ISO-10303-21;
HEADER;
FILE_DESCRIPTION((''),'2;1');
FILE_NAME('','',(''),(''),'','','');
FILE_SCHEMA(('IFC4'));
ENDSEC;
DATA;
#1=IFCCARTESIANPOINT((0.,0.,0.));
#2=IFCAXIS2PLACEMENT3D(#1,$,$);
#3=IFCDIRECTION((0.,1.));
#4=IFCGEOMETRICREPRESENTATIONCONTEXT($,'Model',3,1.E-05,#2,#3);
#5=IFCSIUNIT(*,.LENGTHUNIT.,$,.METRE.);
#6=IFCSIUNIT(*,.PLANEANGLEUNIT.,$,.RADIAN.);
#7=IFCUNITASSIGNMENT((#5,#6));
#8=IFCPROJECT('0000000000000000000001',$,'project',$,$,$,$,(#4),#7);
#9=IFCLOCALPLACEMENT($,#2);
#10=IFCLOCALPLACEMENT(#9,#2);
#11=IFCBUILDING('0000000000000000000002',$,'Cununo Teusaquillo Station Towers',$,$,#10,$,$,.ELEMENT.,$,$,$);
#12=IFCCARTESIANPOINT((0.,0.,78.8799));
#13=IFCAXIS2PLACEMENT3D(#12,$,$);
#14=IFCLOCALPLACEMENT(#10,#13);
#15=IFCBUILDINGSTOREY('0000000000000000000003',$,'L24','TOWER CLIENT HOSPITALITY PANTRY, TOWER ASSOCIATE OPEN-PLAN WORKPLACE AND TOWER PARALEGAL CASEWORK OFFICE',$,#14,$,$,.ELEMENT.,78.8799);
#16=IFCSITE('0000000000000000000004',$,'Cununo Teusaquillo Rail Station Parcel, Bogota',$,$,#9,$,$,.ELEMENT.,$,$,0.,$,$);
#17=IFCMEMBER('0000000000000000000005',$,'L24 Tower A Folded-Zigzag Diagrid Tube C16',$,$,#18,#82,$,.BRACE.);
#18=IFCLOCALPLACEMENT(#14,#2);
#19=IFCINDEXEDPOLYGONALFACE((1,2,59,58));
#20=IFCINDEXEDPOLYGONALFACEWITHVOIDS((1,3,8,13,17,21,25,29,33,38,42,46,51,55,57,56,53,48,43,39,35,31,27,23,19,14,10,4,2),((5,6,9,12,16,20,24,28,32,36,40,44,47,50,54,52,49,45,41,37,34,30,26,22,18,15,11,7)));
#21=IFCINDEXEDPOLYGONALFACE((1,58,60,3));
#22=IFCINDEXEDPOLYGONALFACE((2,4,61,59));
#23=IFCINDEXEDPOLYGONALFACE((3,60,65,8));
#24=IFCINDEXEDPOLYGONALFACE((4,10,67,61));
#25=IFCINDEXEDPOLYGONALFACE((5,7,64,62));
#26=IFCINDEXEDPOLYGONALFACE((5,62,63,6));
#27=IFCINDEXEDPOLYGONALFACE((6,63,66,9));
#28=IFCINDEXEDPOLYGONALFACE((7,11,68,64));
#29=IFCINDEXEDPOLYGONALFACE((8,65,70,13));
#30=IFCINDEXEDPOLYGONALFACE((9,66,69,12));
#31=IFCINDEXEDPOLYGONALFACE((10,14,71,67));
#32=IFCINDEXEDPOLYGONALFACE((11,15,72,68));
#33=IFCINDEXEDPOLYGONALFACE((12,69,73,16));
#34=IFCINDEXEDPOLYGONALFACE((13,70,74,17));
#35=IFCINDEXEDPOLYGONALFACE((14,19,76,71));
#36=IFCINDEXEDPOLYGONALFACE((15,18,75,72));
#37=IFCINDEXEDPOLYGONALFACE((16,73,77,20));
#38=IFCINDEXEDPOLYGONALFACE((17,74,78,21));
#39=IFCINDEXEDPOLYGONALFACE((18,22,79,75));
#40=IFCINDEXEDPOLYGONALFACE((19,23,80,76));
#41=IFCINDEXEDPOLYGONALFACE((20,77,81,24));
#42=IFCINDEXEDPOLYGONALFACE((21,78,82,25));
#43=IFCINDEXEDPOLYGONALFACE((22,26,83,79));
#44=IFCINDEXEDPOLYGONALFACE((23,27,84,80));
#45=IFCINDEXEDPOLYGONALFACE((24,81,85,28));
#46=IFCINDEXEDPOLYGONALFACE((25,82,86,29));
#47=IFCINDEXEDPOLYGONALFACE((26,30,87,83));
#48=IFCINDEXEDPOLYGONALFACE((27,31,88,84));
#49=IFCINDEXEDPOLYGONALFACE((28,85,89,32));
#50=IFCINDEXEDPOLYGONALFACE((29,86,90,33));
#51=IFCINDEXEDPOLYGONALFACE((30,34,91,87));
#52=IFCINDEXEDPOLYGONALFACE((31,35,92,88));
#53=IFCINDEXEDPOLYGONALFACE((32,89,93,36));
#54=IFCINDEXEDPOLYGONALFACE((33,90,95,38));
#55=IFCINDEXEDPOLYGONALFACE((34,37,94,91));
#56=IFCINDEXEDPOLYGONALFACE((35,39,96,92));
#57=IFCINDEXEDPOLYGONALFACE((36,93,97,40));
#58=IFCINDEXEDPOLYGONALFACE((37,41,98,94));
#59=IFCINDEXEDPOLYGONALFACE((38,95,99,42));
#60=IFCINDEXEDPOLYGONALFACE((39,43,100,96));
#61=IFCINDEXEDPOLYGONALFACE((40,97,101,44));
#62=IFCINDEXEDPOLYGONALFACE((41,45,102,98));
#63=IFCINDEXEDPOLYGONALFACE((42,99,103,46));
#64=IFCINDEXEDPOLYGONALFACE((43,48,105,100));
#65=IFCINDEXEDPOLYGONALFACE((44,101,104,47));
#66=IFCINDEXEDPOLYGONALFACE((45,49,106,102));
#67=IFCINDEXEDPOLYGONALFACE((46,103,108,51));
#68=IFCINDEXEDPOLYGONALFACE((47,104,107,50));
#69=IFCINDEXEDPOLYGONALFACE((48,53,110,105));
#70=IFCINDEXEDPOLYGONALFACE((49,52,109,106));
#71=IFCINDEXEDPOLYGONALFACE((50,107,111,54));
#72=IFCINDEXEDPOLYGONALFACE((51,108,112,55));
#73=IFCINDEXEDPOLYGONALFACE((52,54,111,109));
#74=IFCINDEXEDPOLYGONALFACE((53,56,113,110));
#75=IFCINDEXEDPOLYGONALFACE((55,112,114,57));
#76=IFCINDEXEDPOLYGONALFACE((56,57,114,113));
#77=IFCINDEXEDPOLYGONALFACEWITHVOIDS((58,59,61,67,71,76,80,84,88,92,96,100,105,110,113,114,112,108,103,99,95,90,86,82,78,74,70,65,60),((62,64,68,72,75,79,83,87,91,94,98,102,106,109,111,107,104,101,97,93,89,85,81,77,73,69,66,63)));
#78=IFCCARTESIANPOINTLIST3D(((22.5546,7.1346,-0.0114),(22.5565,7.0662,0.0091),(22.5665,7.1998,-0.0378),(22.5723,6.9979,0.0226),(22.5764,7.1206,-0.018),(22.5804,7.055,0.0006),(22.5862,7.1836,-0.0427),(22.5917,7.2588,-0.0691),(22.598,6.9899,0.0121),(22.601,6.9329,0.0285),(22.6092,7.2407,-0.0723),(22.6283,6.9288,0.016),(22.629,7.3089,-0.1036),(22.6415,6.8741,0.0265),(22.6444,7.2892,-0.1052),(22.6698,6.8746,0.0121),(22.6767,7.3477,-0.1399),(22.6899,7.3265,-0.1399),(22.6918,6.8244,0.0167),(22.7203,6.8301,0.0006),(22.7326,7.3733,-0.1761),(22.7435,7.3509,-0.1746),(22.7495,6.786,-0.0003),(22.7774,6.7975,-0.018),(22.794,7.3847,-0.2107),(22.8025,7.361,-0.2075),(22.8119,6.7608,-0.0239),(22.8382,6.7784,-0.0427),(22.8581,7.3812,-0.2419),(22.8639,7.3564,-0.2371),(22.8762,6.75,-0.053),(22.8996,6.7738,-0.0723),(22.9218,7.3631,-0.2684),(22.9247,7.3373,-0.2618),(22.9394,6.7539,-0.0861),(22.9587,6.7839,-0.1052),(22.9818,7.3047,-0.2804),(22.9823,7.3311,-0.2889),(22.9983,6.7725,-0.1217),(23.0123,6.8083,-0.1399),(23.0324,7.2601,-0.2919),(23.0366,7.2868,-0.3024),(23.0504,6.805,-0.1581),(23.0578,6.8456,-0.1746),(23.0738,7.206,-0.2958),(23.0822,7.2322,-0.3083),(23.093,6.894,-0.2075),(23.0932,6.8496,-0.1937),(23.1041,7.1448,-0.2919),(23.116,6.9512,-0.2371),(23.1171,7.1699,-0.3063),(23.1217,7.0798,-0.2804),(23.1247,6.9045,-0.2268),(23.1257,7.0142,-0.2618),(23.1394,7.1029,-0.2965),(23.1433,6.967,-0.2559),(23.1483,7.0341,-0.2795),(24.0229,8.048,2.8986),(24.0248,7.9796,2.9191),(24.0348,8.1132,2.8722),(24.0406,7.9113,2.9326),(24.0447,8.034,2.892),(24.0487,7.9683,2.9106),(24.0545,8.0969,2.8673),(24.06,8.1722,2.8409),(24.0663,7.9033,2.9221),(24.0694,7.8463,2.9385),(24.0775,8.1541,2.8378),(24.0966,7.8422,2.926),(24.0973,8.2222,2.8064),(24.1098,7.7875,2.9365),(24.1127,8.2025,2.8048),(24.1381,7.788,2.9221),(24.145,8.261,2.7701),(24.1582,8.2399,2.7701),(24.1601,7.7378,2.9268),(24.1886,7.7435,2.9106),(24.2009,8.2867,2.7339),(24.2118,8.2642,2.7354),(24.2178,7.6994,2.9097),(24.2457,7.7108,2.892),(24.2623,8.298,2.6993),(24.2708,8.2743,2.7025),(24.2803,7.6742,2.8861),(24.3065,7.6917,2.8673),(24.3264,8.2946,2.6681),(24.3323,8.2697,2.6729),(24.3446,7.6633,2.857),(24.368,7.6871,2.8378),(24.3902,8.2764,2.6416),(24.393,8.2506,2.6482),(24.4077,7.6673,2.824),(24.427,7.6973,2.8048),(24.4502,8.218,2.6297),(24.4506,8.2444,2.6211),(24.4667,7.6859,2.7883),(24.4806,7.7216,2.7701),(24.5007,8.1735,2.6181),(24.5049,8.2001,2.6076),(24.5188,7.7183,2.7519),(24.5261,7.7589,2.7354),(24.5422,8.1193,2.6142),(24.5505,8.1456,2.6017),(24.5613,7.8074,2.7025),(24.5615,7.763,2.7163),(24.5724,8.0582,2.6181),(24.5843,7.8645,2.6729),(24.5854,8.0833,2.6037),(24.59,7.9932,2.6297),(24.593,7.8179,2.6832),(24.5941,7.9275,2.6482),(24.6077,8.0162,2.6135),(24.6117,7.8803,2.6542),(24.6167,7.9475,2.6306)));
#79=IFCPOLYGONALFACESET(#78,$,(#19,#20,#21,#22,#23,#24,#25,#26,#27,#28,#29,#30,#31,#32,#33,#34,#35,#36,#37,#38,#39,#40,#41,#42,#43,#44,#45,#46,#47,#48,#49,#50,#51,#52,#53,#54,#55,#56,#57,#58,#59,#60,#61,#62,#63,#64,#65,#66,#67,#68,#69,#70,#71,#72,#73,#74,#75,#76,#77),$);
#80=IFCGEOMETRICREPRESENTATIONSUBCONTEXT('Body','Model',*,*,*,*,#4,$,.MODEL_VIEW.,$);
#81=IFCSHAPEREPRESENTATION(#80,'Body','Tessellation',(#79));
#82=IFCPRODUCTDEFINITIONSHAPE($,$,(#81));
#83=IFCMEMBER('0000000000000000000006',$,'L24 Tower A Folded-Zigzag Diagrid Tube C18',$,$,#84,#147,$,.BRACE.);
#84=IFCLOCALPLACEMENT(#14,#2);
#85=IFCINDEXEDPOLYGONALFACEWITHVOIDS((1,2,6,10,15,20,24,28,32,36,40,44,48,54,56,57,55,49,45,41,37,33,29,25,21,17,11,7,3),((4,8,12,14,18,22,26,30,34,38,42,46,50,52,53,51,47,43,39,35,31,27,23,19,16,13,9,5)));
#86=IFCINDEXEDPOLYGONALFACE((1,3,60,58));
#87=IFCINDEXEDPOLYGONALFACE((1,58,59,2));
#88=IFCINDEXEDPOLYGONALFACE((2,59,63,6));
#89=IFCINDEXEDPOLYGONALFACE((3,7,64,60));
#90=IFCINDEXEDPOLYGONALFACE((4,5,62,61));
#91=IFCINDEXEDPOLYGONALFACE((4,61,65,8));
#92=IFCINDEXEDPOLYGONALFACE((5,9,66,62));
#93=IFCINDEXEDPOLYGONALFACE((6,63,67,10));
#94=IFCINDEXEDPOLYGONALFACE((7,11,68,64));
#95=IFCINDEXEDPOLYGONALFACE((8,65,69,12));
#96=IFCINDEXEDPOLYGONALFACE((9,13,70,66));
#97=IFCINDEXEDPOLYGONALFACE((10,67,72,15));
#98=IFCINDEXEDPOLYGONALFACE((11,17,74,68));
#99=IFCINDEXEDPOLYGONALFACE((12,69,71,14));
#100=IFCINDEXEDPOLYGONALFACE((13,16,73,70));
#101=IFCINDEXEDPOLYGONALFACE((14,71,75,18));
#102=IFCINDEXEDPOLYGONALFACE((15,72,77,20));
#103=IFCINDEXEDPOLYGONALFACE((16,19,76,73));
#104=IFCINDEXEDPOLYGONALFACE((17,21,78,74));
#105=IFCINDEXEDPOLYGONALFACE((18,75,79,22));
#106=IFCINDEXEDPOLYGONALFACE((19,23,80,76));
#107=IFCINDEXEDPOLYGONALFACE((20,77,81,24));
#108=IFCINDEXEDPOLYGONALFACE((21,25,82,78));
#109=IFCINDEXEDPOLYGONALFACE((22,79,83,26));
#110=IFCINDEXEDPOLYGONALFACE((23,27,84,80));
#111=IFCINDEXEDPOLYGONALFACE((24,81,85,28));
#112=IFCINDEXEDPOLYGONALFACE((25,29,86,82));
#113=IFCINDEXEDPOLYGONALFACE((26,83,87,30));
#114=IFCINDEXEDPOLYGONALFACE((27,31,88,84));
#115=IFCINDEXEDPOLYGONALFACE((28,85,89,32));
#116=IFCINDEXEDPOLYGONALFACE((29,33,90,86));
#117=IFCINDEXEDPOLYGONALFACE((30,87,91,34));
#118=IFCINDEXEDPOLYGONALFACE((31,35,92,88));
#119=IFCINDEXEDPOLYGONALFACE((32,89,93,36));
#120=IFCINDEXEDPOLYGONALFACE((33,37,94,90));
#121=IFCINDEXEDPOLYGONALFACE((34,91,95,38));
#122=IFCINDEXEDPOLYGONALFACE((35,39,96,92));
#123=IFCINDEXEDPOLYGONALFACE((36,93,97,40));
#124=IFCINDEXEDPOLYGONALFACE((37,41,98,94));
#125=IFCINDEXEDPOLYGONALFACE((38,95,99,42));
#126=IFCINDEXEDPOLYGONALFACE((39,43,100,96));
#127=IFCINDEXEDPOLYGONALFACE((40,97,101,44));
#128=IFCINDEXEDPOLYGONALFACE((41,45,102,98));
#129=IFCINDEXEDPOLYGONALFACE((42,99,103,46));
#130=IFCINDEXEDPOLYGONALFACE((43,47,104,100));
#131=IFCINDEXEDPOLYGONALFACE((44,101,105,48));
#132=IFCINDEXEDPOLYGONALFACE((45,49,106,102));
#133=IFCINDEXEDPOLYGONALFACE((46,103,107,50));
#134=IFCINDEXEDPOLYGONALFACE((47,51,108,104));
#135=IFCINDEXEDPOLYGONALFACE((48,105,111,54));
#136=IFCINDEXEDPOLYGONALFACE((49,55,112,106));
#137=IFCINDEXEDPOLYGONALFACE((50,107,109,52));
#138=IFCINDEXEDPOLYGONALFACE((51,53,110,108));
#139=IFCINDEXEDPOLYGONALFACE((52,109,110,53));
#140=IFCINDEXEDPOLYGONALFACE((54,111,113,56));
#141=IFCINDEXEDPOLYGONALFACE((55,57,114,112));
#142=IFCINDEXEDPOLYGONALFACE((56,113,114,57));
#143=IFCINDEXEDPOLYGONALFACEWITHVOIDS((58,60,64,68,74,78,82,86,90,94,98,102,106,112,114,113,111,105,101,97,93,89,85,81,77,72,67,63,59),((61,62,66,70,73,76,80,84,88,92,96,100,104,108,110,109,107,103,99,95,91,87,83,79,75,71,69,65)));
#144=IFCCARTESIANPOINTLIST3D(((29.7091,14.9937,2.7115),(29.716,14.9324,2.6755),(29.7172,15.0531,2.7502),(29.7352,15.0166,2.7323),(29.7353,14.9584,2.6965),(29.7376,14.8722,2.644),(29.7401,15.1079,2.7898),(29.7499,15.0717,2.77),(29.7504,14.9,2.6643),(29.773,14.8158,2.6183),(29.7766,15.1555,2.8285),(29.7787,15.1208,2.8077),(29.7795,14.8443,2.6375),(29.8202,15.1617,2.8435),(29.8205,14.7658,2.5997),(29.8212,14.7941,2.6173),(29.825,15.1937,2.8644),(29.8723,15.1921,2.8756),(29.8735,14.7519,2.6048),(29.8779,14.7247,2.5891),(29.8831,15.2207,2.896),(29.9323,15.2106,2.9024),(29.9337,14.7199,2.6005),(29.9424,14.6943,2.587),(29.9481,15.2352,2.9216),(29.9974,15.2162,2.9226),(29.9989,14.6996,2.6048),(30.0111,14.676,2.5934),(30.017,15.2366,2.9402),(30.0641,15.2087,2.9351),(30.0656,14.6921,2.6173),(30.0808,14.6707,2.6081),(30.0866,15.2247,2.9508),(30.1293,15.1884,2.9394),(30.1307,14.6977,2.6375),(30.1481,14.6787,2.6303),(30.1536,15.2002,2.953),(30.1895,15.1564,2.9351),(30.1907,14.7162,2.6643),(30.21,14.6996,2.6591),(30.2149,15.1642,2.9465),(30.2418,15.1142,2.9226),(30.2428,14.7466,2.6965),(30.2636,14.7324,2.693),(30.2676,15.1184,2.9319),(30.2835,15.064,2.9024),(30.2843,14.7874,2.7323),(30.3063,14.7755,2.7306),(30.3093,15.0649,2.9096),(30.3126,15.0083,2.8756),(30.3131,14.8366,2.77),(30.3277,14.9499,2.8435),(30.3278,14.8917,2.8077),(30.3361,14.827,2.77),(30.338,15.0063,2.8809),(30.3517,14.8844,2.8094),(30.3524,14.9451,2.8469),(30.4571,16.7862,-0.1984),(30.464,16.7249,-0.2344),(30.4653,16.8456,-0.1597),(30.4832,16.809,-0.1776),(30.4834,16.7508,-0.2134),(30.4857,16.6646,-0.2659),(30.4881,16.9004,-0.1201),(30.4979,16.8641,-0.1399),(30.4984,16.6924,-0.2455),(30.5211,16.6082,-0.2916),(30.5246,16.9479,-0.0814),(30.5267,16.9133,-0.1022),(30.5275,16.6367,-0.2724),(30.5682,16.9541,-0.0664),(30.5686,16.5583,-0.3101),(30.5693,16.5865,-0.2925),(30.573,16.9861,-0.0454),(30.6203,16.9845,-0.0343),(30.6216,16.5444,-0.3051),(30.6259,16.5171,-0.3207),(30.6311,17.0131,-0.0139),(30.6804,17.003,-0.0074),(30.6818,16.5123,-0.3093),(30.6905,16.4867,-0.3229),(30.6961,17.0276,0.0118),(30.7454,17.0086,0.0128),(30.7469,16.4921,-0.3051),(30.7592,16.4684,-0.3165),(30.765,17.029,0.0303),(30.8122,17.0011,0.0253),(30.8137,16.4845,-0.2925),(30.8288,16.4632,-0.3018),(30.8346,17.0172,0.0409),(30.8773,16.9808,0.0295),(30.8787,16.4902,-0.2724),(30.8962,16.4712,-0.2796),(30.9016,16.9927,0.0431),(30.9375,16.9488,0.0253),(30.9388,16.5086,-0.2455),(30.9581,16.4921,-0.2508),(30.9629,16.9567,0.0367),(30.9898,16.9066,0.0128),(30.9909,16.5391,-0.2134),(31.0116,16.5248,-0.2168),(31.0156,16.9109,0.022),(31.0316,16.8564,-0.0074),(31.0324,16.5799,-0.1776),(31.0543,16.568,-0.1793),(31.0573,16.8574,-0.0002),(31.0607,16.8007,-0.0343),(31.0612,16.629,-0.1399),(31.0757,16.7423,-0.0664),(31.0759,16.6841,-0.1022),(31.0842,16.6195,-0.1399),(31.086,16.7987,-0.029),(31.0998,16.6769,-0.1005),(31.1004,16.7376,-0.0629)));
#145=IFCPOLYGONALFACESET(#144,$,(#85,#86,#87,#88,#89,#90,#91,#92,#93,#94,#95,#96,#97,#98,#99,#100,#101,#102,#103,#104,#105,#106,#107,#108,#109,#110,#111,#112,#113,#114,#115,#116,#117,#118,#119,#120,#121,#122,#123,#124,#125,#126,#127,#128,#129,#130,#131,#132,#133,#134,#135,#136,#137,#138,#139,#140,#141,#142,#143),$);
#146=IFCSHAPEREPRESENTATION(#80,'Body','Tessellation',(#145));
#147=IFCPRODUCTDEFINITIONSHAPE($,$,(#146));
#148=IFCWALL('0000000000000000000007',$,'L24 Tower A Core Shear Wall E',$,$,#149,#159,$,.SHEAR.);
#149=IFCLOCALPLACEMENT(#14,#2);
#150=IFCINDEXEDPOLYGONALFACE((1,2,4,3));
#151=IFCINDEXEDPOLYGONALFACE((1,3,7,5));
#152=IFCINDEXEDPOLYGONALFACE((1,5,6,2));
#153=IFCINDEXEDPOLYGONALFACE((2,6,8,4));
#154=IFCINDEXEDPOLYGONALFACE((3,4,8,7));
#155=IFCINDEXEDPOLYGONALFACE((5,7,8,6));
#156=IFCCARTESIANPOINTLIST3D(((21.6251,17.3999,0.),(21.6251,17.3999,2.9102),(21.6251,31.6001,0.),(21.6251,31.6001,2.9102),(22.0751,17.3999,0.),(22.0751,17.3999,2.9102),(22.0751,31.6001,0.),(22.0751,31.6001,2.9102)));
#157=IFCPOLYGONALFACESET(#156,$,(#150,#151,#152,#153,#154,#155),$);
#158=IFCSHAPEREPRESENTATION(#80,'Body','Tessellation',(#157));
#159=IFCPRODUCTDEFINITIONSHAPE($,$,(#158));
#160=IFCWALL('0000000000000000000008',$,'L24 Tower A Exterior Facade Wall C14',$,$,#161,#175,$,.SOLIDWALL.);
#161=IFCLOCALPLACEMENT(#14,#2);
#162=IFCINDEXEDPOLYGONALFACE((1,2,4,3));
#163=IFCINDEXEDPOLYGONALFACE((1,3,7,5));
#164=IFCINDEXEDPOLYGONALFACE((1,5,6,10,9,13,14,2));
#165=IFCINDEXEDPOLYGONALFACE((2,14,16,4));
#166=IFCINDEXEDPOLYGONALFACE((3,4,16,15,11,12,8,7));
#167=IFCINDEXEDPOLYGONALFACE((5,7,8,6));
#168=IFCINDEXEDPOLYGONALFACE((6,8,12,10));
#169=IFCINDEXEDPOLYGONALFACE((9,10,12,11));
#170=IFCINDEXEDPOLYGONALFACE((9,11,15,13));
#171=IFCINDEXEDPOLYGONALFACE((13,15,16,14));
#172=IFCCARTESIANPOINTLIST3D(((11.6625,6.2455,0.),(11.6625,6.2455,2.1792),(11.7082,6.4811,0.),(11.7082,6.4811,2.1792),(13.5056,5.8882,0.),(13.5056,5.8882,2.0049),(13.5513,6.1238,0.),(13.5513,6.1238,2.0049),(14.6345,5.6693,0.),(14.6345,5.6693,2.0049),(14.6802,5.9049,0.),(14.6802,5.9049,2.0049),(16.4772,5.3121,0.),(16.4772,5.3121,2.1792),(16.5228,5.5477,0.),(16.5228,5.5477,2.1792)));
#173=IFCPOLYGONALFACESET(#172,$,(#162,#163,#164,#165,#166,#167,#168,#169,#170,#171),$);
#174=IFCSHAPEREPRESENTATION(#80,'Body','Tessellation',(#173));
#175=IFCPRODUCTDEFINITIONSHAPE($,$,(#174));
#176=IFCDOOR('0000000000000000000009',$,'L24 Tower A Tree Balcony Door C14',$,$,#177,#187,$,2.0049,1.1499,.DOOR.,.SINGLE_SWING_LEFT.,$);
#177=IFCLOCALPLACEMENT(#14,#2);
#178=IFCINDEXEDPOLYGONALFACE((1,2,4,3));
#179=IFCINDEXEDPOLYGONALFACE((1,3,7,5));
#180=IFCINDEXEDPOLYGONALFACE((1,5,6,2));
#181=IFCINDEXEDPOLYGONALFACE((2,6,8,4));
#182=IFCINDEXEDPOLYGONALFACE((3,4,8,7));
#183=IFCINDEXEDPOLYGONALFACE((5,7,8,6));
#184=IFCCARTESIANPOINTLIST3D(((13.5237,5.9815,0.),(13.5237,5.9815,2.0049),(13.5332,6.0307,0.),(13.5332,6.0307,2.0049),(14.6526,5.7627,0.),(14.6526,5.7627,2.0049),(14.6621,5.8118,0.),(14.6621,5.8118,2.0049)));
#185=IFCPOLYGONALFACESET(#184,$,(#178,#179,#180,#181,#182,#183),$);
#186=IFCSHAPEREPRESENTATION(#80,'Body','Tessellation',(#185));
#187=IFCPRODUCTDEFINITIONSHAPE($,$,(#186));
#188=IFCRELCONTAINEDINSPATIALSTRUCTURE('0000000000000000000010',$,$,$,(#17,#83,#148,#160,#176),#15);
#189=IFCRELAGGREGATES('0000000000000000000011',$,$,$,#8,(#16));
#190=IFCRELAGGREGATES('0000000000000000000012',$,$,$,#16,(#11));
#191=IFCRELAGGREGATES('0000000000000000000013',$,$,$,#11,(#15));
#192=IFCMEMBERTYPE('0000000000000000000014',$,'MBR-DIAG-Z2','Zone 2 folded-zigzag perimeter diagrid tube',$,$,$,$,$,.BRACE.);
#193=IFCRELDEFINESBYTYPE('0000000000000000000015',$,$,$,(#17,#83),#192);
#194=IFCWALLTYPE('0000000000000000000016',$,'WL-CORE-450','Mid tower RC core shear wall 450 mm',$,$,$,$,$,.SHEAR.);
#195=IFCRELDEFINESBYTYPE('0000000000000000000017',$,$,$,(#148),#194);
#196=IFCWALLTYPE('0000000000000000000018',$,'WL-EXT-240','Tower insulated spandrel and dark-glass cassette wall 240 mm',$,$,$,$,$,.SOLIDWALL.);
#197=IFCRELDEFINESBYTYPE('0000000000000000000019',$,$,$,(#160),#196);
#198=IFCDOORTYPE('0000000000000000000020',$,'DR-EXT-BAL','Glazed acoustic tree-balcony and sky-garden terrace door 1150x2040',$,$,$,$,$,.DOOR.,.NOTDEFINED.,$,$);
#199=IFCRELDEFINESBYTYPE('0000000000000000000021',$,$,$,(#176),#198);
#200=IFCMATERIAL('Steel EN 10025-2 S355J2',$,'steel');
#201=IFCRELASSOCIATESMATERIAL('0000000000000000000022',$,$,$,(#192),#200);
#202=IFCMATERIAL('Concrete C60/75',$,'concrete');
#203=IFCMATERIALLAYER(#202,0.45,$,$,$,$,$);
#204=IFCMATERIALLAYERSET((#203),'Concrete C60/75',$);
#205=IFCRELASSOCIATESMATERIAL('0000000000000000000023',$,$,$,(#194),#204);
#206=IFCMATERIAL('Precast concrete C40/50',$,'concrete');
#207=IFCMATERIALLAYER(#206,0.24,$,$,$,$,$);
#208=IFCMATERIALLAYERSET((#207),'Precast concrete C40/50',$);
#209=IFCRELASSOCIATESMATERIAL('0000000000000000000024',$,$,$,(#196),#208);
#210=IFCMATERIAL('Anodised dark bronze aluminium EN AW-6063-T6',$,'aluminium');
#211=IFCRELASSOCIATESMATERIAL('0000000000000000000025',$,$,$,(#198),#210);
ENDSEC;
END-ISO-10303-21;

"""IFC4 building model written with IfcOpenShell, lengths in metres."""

from ifc_helpers import new_model, si_unit, direction, frame, frame_2d, origin, origin_2d, place, context, subcontext, project, spatial, rectangle, hollow_circle, extrude, source, transform, mapped, material, layer, layer_set, material_profile, profile_set, type_object, element, fill, save


model = new_model("IFC4")

# Units and contexts
model_context = context("Model", 3, precision=1e-05, world=origin(), true_north=direction((0.0, 1.0)))
body_context = subcontext(model_context, "Body", "Model", "MODEL_VIEW")
ifc_project = project(units=[si_unit("LENGTHUNIT", "METRE"), si_unit("PLANEANGLEUNIT", "RADIAN")], contexts=[model_context])

# Site, building, storey
site_placement = place(None, origin())
site = spatial("IfcSite", under=ifc_project, at=site_placement, Name="Cununo Teusaquillo Rail Station Parcel, Bogota", CompositionType="ELEMENT", RefElevation=0.0)
building_placement = place(site_placement, origin())
building = spatial("IfcBuilding", under=site, at=building_placement, Name="Cununo Teusaquillo Station Towers", CompositionType="ELEMENT")
storey_placement = place(building_placement, frame((0.0, 0.0, 78.8799)))
storey = spatial("IfcBuildingStorey", under=building, at=storey_placement, Name="L24", Description="TOWER CLIENT HOSPITALITY PANTRY, TOWER ASSOCIATE OPEN-PLAN WORKPLACE AND TOWER PARALEGAL CASEWORK OFFICE", CompositionType="ELEMENT", Elevation=78.8799)

# Members
ifc_material_1 = material(Name="Steel EN 10025-2 S355J2", Category="steel")
ifc_material_profile_1 = material_profile(ifc_material_1, hollow_circle(Radius=0.3301, WallThickness=0.0249, at=origin_2d()), Name="CHS 660x25")
ifc_profile_set_1 = profile_set([ifc_material_profile_1], Name="Steel EN 10025-2 S355J2")
member_type = type_object("IfcMemberType", Name="MBR-DIAG-Z2", Description="Zone 2 folded-zigzag perimeter diagrid tube", PredefinedType="BRACE", material=ifc_profile_set_1)
member_1_placement = place(storey_placement, frame((22.8511, 7.0674, -0.1399), z_axis=(0.433768, 0.269825, 0.859674), x_axis=(-0.528196, 0.849123, 0.0)))
element("IfcMember", 1, at=member_1_placement, inside=storey, type_object=member_type, Name="L24 Tower A Folded-Zigzag Diagrid Tube C16", PredefinedType="BRACE", context=body_context, shape_type="SweptSolid", body=[
    extrude(hollow_circle(Radius=0.3301, WallThickness=0.0249, at=origin_2d()), origin(), (0.0, 0.0, 1.0), 3.385),
])
member_2_placement = place(storey_placement, frame((30.7795, 16.7466, -0.1399), z_axis=(-0.213814, -0.512343, 0.831738), x_axis=(0.922861, -0.385133, 0.0)))
element("IfcMember", 2, at=member_2_placement, inside=storey, type_object=member_type, Name="L24 Tower A Folded-Zigzag Diagrid Tube C18", PredefinedType="BRACE", context=body_context, shape_type="SweptSolid", body=[
    extrude(hollow_circle(Radius=0.3301, WallThickness=0.0249, at=origin_2d()), origin(), (0.0, 0.0, 1.0), 3.4985),
])

# Wall
ifc_material_2 = material(Name="Concrete C60/75", Category="concrete")
ifc_layer_1 = layer(ifc_material_2, 0.45)
ifc_layer_set_1 = layer_set([ifc_layer_1], Name="Concrete C60/75")
wall_type_1 = type_object("IfcWallType", Name="WL-CORE-450", Description="Mid tower RC core shear wall 450 mm", PredefinedType="SHEAR", material=ifc_layer_set_1)
wall_1_placement = place(storey_placement, frame((21.8501, 17.3999, 0.0), z_axis=(0.0, 0.0, 1.0), x_axis=(0.0, 1.0, 0.0)))
element("IfcWall", 3, at=wall_1_placement, inside=storey, type_object=wall_type_1, Name="L24 Tower A Core Shear Wall E", PredefinedType="SHEAR", context=body_context, shape_type="SweptSolid", body=[
    extrude(rectangle(XDim=14.2002, YDim=0.45, at=frame_2d((7.1001, 0.0))), origin(), (0.0, 0.0, 1.0), 2.9102),
])

# Wall, opening, door
ifc_material_3 = material(Name="Precast concrete C40/50", Category="concrete")
ifc_layer_2 = layer(ifc_material_3, 0.24)
ifc_layer_set_2 = layer_set([ifc_layer_2], Name="Precast concrete C40/50")
wall_type_2 = type_object("IfcWallType", Name="WL-EXT-240", Description="Tower insulated spandrel and dark-glass cassette wall 240 mm", PredefinedType="SOLIDWALL", material=ifc_layer_set_2)
wall_2_placement = place(storey_placement, frame((16.5, 5.4299, 0.0), z_axis=(0.0, 0.0, 1.0), x_axis=(-0.981724, 0.190311, 0.0)))
wall_2 = element("IfcWall", 4, at=wall_2_placement, inside=storey, type_object=wall_type_2, Name="L24 Tower A Exterior Facade Wall C14", PredefinedType="SOLIDWALL", context=body_context, shape_type="SweptSolid", body=[
    extrude(rectangle(XDim=4.9043, YDim=0.24, at=frame_2d((2.4521, 0.0))), origin(), (0.0, 0.0, 1.0), 2.1792),
])
shared_shape_1 = source(origin(), body_context, "Body", "SweptSolid", [
    extrude(rectangle(XDim=1.1499, YDim=2.0049, at=frame_2d((0.575, 1.0024))), frame((0.0, 0.1299, 0.0), z_axis=(0.0, -1.0, 0.0), x_axis=(1.0, 0.0, 0.0)), (0.0, 0.0, 1.0), 0.26),
])
opening_1_placement = place(wall_2_placement, frame((1.877, 0.0, 0.0)))
opening_1 = element("IfcOpeningElement", 5, at=opening_1_placement, cuts=wall_2, PredefinedType="OPENING", context=body_context, shape_type="MappedRepresentation", body=[
    mapped(shared_shape_1, transform((0.0, 0.0, 0.0), x_axis=(1.0, 0.0, 0.0), y_axis=(0.0, 1.0, 0.0), z_axis=(0.0, 0.0, 1.0), scale=1.0)),
])
ifc_material_4 = material(Name="Anodised dark bronze aluminium EN AW-6063-T6", Category="aluminium")
door_type_1 = type_object("IfcDoorType", Name="DR-EXT-BAL", Description="Glazed acoustic tree-balcony and sky-garden terrace door 1150x2040", OperationType="NOTDEFINED", PredefinedType="DOOR", material=ifc_material_4)
shared_shape_2 = source(origin(), body_context, "Body", "SweptSolid", [
    extrude(rectangle(XDim=1.1499, YDim=2.0049, at=frame_2d((0.575, 1.0024))), frame((0.0, 0.0249, 0.0), z_axis=(0.0, -1.0, 0.0), x_axis=(1.0, 0.0, 0.0)), (0.0, 0.0, 1.0), 0.05),
])
door_1_placement = place(opening_1_placement, origin())
door_1 = element("IfcDoor", 6, at=door_1_placement, inside=storey, type_object=door_type_1, Name="L24 Tower A Tree Balcony Door C14", OperationType="SINGLE_SWING_LEFT", OverallHeight=2.0049, OverallWidth=1.1499, PredefinedType="DOOR", context=body_context, shape_type="MappedRepresentation", body=[
    mapped(shared_shape_2, transform((0.0, 0.0, 0.0), x_axis=(1.0, 0.0, 0.0), y_axis=(0.0, 1.0, 0.0), z_axis=(0.0, 0.0, 1.0), scale=1.0)),
])
fill(opening_1, door_1)

save(model, "model.ifc")
